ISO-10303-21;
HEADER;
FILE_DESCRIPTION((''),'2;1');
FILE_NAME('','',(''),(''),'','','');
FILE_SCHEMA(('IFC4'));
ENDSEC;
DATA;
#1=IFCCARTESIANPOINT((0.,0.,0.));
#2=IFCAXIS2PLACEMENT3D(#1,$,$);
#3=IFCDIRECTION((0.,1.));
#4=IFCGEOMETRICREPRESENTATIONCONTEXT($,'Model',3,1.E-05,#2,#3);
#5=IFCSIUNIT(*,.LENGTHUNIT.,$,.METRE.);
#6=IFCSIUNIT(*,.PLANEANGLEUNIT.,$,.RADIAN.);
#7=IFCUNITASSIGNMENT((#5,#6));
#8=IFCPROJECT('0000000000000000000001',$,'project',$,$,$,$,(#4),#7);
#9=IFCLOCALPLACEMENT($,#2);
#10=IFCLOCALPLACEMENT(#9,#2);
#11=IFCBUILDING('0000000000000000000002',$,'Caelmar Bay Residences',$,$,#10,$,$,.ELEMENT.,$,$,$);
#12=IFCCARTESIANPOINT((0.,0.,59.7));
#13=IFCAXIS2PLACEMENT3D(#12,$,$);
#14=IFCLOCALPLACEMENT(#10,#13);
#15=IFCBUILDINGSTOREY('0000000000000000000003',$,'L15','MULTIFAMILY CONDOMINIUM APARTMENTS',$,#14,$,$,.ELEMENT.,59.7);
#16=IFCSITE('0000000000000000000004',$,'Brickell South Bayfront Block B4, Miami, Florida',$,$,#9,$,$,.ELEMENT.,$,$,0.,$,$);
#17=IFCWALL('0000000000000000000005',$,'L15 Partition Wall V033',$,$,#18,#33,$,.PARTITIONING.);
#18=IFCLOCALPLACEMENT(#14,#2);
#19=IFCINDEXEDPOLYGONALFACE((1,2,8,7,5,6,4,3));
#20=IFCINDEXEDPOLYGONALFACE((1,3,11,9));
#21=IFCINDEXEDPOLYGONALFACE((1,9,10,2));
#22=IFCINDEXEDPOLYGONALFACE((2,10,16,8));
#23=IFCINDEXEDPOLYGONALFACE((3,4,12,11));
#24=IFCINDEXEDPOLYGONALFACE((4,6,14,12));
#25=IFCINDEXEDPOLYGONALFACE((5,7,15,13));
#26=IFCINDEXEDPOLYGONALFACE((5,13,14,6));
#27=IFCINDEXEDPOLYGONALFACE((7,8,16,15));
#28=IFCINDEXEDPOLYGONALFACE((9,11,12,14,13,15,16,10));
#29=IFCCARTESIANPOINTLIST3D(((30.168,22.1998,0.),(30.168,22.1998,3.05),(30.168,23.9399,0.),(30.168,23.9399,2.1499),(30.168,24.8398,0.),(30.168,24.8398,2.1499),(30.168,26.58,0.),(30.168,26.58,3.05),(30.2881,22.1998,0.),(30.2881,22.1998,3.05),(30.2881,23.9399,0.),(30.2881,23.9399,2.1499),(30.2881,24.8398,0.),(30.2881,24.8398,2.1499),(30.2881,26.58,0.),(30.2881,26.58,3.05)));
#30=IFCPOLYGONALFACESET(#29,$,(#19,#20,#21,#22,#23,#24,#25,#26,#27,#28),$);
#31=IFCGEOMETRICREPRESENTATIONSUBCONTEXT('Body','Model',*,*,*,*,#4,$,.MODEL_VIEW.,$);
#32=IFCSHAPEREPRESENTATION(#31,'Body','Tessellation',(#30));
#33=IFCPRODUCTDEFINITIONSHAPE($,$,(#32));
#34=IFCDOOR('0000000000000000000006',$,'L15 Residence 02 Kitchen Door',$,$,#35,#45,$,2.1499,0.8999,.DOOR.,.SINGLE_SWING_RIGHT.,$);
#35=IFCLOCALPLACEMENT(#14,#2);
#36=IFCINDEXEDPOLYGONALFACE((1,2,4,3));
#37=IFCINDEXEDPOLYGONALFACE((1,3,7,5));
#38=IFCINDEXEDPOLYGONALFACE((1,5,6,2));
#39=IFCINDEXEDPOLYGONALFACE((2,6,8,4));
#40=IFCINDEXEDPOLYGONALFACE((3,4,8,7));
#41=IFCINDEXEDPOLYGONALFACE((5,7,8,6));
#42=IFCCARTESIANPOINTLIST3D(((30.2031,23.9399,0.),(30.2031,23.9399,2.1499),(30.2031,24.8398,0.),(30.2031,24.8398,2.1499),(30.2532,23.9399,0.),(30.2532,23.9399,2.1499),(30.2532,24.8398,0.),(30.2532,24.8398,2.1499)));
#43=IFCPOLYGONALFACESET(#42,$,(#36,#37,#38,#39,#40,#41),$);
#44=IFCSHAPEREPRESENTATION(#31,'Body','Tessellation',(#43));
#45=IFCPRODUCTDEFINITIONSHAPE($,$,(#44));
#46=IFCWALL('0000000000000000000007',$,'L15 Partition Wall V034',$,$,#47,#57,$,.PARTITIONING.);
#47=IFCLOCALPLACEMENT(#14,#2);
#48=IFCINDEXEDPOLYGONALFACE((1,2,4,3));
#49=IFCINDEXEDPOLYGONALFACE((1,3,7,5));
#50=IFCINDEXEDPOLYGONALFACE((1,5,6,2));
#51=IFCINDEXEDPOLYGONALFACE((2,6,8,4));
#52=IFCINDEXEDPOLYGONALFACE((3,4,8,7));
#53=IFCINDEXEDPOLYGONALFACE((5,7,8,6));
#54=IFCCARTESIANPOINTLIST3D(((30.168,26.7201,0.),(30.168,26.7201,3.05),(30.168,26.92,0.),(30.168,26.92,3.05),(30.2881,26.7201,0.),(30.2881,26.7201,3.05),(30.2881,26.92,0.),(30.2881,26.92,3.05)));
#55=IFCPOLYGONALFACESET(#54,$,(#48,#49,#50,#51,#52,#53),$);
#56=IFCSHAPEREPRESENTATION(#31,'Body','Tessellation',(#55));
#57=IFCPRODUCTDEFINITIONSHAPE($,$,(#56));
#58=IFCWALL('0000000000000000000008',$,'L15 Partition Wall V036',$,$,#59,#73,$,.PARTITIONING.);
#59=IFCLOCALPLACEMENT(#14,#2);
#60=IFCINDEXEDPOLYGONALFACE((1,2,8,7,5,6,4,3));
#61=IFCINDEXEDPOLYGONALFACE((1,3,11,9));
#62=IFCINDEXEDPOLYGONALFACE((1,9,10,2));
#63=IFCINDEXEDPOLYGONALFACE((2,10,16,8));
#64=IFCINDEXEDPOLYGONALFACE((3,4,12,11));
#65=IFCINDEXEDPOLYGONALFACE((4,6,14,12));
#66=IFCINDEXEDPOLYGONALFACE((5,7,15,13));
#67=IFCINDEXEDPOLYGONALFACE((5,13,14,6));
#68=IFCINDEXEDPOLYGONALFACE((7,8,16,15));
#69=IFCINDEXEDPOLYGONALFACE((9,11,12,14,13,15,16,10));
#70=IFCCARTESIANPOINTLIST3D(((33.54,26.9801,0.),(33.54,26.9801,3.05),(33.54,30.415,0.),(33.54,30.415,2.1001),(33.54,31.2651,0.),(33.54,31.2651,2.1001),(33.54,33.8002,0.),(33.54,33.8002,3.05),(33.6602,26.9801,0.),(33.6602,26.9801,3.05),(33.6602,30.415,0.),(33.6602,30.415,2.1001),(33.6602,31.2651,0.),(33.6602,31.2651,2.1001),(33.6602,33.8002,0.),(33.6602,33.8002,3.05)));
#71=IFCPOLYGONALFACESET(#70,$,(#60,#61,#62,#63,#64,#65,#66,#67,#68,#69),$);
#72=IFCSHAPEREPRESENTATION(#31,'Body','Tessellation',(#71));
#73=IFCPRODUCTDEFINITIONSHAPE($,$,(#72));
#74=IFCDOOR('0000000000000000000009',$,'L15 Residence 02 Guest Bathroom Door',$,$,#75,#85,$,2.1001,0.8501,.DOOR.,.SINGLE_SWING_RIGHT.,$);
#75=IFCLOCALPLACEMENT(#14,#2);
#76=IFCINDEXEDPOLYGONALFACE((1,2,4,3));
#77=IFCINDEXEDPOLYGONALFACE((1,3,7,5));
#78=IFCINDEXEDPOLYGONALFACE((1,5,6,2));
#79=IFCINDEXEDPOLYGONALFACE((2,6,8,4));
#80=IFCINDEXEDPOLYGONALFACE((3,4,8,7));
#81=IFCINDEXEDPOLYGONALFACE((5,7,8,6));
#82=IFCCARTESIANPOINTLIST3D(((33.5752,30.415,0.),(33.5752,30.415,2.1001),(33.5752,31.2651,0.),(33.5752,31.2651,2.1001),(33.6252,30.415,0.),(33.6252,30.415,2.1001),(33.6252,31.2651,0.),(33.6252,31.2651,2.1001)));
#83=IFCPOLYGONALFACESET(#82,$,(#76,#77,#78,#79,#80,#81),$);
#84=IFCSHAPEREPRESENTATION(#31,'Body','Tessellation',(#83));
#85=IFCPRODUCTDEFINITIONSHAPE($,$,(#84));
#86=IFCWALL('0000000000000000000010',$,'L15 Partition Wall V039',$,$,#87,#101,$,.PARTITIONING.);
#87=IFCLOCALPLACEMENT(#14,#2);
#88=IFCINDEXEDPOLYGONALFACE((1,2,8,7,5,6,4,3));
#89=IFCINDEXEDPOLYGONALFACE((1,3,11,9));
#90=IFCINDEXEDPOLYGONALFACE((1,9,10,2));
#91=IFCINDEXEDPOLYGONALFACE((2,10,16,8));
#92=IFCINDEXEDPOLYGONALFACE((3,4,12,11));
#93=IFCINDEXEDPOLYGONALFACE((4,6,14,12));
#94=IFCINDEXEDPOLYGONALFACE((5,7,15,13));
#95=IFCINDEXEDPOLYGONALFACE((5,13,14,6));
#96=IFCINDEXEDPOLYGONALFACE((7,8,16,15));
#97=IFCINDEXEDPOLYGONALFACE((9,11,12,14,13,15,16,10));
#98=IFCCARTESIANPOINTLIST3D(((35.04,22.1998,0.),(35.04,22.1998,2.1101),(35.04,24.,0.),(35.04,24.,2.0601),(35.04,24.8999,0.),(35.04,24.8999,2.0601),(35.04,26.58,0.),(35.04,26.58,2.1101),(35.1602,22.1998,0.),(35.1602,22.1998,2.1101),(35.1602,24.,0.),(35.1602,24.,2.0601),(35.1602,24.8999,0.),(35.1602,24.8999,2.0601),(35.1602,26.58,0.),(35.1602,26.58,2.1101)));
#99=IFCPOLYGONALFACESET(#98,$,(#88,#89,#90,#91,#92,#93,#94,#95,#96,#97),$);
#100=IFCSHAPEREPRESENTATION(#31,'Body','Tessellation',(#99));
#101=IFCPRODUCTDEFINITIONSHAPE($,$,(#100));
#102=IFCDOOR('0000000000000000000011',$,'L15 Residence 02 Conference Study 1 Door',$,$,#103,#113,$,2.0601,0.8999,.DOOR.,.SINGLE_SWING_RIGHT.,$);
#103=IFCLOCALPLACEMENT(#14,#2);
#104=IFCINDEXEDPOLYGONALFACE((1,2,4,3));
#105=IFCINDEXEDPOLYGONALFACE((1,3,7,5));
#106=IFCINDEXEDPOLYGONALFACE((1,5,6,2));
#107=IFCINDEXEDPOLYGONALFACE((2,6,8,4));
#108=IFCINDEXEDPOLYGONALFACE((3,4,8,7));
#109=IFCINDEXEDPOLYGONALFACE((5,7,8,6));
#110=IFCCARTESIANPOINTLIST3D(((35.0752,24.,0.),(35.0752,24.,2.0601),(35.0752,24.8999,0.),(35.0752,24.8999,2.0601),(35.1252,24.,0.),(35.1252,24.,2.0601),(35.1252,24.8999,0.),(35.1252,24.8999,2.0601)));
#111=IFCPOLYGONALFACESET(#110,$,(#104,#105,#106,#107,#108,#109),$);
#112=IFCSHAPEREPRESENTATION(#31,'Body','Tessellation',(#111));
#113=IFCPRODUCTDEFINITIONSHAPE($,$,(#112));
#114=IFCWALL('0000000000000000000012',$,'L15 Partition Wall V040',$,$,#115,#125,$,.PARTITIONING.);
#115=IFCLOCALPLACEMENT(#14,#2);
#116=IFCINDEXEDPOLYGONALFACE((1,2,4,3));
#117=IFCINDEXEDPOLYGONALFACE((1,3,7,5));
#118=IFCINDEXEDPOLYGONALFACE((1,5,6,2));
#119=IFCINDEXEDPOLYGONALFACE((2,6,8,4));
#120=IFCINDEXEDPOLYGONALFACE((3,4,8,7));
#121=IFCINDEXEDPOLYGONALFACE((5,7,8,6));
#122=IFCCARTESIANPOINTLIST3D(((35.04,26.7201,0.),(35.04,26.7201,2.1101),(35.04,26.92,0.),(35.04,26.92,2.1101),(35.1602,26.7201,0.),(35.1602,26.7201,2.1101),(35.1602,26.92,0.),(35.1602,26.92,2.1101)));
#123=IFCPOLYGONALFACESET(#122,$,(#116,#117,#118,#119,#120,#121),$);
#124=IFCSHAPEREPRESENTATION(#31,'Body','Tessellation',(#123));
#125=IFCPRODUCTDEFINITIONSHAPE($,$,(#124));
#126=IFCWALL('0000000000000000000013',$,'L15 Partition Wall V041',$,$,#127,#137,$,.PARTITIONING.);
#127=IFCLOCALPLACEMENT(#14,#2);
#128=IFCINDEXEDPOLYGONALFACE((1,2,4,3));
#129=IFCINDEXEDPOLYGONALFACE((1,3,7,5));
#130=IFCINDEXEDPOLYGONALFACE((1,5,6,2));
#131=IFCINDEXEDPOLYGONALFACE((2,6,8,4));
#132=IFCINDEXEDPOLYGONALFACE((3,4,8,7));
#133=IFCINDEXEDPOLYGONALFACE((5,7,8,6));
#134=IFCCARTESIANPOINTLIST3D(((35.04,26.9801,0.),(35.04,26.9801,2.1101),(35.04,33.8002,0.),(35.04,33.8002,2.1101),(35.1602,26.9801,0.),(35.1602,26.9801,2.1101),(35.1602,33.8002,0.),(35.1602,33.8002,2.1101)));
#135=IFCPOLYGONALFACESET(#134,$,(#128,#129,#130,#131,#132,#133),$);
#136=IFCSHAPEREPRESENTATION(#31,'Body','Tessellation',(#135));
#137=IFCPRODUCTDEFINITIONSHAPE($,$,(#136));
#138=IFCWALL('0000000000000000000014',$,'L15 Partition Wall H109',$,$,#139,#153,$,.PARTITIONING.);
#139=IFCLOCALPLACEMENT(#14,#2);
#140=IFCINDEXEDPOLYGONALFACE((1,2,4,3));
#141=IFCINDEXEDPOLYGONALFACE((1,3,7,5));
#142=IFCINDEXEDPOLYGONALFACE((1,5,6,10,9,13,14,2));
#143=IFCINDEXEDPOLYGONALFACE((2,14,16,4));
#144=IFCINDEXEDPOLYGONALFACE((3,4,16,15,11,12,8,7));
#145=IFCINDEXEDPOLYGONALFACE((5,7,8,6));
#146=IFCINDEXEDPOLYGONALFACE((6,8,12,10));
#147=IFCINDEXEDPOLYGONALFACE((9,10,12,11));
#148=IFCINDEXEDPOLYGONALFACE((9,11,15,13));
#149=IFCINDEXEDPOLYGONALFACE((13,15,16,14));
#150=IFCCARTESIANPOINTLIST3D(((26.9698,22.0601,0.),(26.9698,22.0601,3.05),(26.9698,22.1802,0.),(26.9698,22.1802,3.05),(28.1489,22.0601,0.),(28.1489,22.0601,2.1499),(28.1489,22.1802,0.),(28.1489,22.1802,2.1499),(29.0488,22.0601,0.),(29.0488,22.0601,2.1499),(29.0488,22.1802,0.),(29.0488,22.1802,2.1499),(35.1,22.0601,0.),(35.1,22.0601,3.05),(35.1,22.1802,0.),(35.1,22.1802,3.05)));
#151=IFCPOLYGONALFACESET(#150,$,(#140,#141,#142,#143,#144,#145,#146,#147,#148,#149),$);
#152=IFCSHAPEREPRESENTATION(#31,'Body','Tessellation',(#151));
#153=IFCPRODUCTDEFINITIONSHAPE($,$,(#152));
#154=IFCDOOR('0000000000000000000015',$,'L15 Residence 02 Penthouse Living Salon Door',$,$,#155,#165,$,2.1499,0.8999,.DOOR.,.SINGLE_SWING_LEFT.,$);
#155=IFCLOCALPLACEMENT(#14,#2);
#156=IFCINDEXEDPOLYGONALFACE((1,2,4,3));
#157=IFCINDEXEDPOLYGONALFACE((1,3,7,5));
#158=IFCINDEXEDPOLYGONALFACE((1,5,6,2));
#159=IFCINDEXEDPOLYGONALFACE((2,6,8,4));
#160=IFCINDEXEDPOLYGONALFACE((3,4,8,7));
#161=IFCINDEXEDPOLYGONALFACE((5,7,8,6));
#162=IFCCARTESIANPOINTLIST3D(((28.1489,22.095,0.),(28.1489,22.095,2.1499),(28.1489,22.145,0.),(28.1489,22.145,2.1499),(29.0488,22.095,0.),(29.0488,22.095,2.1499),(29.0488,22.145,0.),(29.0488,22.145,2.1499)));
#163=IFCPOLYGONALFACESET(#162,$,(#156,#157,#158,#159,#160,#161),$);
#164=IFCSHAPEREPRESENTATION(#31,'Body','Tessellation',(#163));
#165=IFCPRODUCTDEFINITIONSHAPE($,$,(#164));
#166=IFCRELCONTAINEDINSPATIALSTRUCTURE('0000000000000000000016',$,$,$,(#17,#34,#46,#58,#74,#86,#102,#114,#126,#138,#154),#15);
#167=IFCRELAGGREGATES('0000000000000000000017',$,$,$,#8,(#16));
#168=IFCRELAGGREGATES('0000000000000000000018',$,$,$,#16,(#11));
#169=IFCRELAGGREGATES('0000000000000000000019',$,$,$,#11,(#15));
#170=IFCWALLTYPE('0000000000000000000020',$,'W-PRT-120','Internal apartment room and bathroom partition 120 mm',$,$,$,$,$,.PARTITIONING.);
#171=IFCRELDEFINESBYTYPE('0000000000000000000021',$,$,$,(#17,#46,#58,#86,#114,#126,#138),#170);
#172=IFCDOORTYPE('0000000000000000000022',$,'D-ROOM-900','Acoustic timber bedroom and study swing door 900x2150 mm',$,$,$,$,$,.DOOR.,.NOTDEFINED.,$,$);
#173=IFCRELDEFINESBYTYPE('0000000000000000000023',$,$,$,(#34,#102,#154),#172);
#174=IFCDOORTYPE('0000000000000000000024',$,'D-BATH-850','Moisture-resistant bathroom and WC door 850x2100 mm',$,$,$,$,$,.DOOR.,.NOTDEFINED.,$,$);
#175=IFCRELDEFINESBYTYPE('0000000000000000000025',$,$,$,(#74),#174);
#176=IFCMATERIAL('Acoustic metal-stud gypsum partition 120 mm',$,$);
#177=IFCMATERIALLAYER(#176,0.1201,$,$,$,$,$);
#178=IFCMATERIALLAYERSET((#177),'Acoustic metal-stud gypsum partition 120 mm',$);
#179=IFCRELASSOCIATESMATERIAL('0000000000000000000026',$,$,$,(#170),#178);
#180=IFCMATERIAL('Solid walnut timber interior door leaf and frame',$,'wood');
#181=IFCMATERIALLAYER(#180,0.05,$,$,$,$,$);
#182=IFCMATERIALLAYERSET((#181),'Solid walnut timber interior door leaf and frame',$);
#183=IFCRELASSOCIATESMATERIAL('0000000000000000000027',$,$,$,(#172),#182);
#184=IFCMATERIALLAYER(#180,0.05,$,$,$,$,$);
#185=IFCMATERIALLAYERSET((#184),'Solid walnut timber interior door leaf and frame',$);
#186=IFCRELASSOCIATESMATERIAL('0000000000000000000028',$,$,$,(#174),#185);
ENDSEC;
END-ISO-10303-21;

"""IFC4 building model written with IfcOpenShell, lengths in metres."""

from ifc_helpers import new_model, si_unit, direction, frame, frame_2d, origin, place, context, subcontext, project, spatial, rectangle, extrude, material, layer, layer_set, type_object, element, fill, save


model = new_model("IFC4")

# Units and contexts
model_context = context("Model", 3, precision=1e-05, world=origin(), true_north=direction((0.0, 1.0)))
body_context = subcontext(model_context, "Body", "Model", "MODEL_VIEW")
ifc_project = project(units=[si_unit("LENGTHUNIT", "METRE"), si_unit("PLANEANGLEUNIT", "RADIAN")], contexts=[model_context])

# Site, building, storey
site_placement = place(None, origin())
site = spatial("IfcSite", under=ifc_project, at=site_placement, Name="Brickell South Bayfront Block B4, Miami, Florida", CompositionType="ELEMENT", RefElevation=0.0)
building_placement = place(site_placement, origin())
building = spatial("IfcBuilding", under=site, at=building_placement, Name="Caelmar Bay Residences", CompositionType="ELEMENT")
storey_placement = place(building_placement, frame((0.0, 0.0, 59.7)))
storey = spatial("IfcBuildingStorey", under=building, at=storey_placement, Name="L15", Description="MULTIFAMILY CONDOMINIUM APARTMENTS", CompositionType="ELEMENT", Elevation=59.7)

# Wall, opening, door
ifc_material_1 = material(Name="Acoustic metal-stud gypsum partition 120 mm")
ifc_layer_1 = layer(ifc_material_1, 0.1201)
ifc_layer_set_1 = layer_set([ifc_layer_1], Name="Acoustic metal-stud gypsum partition 120 mm")
wall_type = type_object("IfcWallType", Name="W-PRT-120", Description="Internal apartment room and bathroom partition 120 mm", PredefinedType="PARTITIONING", material=ifc_layer_set_1)
wall_1_placement = place(storey_placement, frame((30.228, 22.2, 0.0), z_axis=(0.0, 0.0, 1.0), x_axis=(0.0, 1.0, 0.0)))
wall_1 = element("IfcWall", 1, at=wall_1_placement, inside=storey, type_object=wall_type, Name="L15 Partition Wall V033", PredefinedType="PARTITIONING", context=body_context, shape_type="SweptSolid", body=[
    extrude(rectangle(XDim=4.3801, YDim=0.1201, at=frame_2d((2.1899, 0.0))), origin(), (0.0, 0.0, 1.0), 3.05),
])
opening_1_placement = place(wall_1_placement, frame((1.74, 0.0, 0.0)))
opening_1 = element("IfcOpeningElement", 2, at=opening_1_placement, cuts=wall_1, PredefinedType="OPENING", context=body_context, shape_type="SweptSolid", body=[
    extrude(rectangle(XDim=0.8999, YDim=2.1499, at=frame_2d((0.45, 1.075))), frame((0.0, 0.0701, 0.0), z_axis=(0.0, -1.0, 0.0), x_axis=(1.0, 0.0, 0.0)), (0.0, 0.0, 1.0), 0.1401),
])
ifc_material_2 = material(Name="Solid walnut timber interior door leaf and frame", Category="wood")
ifc_layer_2 = layer(ifc_material_2, 0.05)
ifc_layer_set_2 = layer_set([ifc_layer_2], Name="Solid walnut timber interior door leaf and frame")
door_type_1 = type_object("IfcDoorType", Name="D-ROOM-900", Description="Acoustic timber bedroom and study swing door 900x2150 mm", OperationType="NOTDEFINED", PredefinedType="DOOR", material=ifc_layer_set_2)
door_1_placement = place(opening_1_placement, origin())
door_1 = element("IfcDoor", 3, at=door_1_placement, inside=storey, type_object=door_type_1, Name="L15 Residence 02 Kitchen Door", OperationType="SINGLE_SWING_RIGHT", OverallHeight=2.1499, OverallWidth=0.8999, PredefinedType="DOOR", context=body_context, shape_type="SweptSolid", body=[
    extrude(rectangle(XDim=0.8999, YDim=2.1499, at=frame_2d((0.45, 1.075))), frame((0.0, 0.0249, 0.0), z_axis=(0.0, -1.0, 0.0), x_axis=(1.0, 0.0, 0.0)), (0.0, 0.0, 1.0), 0.05),
])
fill(opening_1, door_1)

# Wall
wall_2_placement = place(storey_placement, frame((30.228, 26.72, 0.0), z_axis=(0.0, 0.0, 1.0), x_axis=(0.0, 1.0, 0.0)))
element("IfcWall", 4, at=wall_2_placement, inside=storey, type_object=wall_type, Name="L15 Partition Wall V034", PredefinedType="PARTITIONING", context=body_context, shape_type="SweptSolid", body=[
    extrude(rectangle(XDim=0.2, YDim=0.1201, at=frame_2d((0.1001, 0.0))), origin(), (0.0, 0.0, 1.0), 3.05),
])

# Walls, openings, doors
wall_3_placement = place(storey_placement, frame((33.6001, 26.98, 0.0), z_axis=(0.0, 0.0, 1.0), x_axis=(0.0, 1.0, 0.0)))
wall_3 = element("IfcWall", 5, at=wall_3_placement, inside=storey, type_object=wall_type, Name="L15 Partition Wall V036", PredefinedType="PARTITIONING", context=body_context, shape_type="SweptSolid", body=[
    extrude(rectangle(XDim=6.8201, YDim=0.1201, at=frame_2d((3.4102, 0.0))), origin(), (0.0, 0.0, 1.0), 3.05),
])
opening_2_placement = place(wall_3_placement, frame((3.4351, 0.0, 0.0)))
opening_2 = element("IfcOpeningElement", 6, at=opening_2_placement, cuts=wall_3, PredefinedType="OPENING", context=body_context, shape_type="SweptSolid", body=[
    extrude(rectangle(XDim=0.8501, YDim=2.1001, at=frame_2d((0.425, 1.05))), frame((0.0, 0.0701, 0.0), z_axis=(0.0, -1.0, 0.0), x_axis=(1.0, 0.0, 0.0)), (0.0, 0.0, 1.0), 0.1401),
])
ifc_layer_3 = layer(ifc_material_2, 0.05)
ifc_layer_set_3 = layer_set([ifc_layer_3], Name="Solid walnut timber interior door leaf and frame")
door_type_2 = type_object("IfcDoorType", Name="D-BATH-850", Description="Moisture-resistant bathroom and WC door 850x2100 mm", OperationType="NOTDEFINED", PredefinedType="DOOR", material=ifc_layer_set_3)
door_2_placement = place(opening_2_placement, origin())
door_2 = element("IfcDoor", 7, at=door_2_placement, inside=storey, type_object=door_type_2, Name="L15 Residence 02 Guest Bathroom Door", OperationType="SINGLE_SWING_RIGHT", OverallHeight=2.1001, OverallWidth=0.8501, PredefinedType="DOOR", context=body_context, shape_type="SweptSolid", body=[
    extrude(rectangle(XDim=0.8501, YDim=2.1001, at=frame_2d((0.425, 1.05))), frame((0.0, 0.0249, 0.0), z_axis=(0.0, -1.0, 0.0), x_axis=(1.0, 0.0, 0.0)), (0.0, 0.0, 1.0), 0.05),
])
fill(opening_2, door_2)
wall_4_placement = place(storey_placement, frame((35.1001, 22.2, 0.0), z_axis=(0.0, 0.0, 1.0), x_axis=(0.0, 1.0, 0.0)))
wall_4 = element("IfcWall", 8, at=wall_4_placement, inside=storey, type_object=wall_type, Name="L15 Partition Wall V039", PredefinedType="PARTITIONING", context=body_context, shape_type="SweptSolid", body=[
    extrude(rectangle(XDim=4.3801, YDim=0.1201, at=frame_2d((2.1899, 0.0))), origin(), (0.0, 0.0, 1.0), 2.1101),
])
opening_3_placement = place(wall_4_placement, frame((1.8, 0.0, 0.0)))
opening_3 = element("IfcOpeningElement", 9, at=opening_3_placement, cuts=wall_4, PredefinedType="OPENING", context=body_context, shape_type="SweptSolid", body=[
    extrude(rectangle(XDim=0.8999, YDim=2.0601, at=frame_2d((0.45, 1.03))), frame((0.0, 0.0701, 0.0), z_axis=(0.0, -1.0, 0.0), x_axis=(1.0, 0.0, 0.0)), (0.0, 0.0, 1.0), 0.1401),
])
door_3_placement = place(opening_3_placement, origin())
door_3 = element("IfcDoor", 10, at=door_3_placement, inside=storey, type_object=door_type_1, Name="L15 Residence 02 Conference Study 1 Door", OperationType="SINGLE_SWING_RIGHT", OverallHeight=2.0601, OverallWidth=0.8999, PredefinedType="DOOR", context=body_context, shape_type="SweptSolid", body=[
    extrude(rectangle(XDim=0.8999, YDim=2.0601, at=frame_2d((0.45, 1.03))), frame((0.0, 0.0249, 0.0), z_axis=(0.0, -1.0, 0.0), x_axis=(1.0, 0.0, 0.0)), (0.0, 0.0, 1.0), 0.05),
])
fill(opening_3, door_3)

# Walls
wall_5_placement = place(storey_placement, frame((35.1001, 26.72, 0.0), z_axis=(0.0, 0.0, 1.0), x_axis=(0.0, 1.0, 0.0)))
element("IfcWall", 11, at=wall_5_placement, inside=storey, type_object=wall_type, Name="L15 Partition Wall V040", PredefinedType="PARTITIONING", context=body_context, shape_type="SweptSolid", body=[
    extrude(rectangle(XDim=0.2, YDim=0.1201, at=frame_2d((0.1001, 0.0))), origin(), (0.0, 0.0, 1.0), 2.1101),
])
wall_6_placement = place(storey_placement, frame((35.1001, 26.98, 0.0), z_axis=(0.0, 0.0, 1.0), x_axis=(0.0, 1.0, 0.0)))
element("IfcWall", 12, at=wall_6_placement, inside=storey, type_object=wall_type, Name="L15 Partition Wall V041", PredefinedType="PARTITIONING", context=body_context, shape_type="SweptSolid", body=[
    extrude(rectangle(XDim=6.8201, YDim=0.1201, at=frame_2d((3.4102, 0.0))), origin(), (0.0, 0.0, 1.0), 2.1101),
])

# Wall, opening, door
wall_7_placement = place(storey_placement, frame((26.97, 22.1201, 0.0), z_axis=(0.0, 0.0, 1.0), x_axis=(1.0, 0.0, 0.0)))
wall_7 = element("IfcWall", 13, at=wall_7_placement, inside=storey, type_object=wall_type, Name="L15 Partition Wall H109", PredefinedType="PARTITIONING", context=body_context, shape_type="SweptSolid", body=[
    extrude(rectangle(XDim=8.1301, YDim=0.1201, at=frame_2d((4.0649, 0.0))), origin(), (0.0, 0.0, 1.0), 3.05),
])
opening_4_placement = place(wall_7_placement, frame((1.179, 0.0, 0.0)))
opening_4 = element("IfcOpeningElement", 14, at=opening_4_placement, cuts=wall_7, PredefinedType="OPENING", context=body_context, shape_type="SweptSolid", body=[
    extrude(rectangle(XDim=0.8999, YDim=2.1499, at=frame_2d((0.45, 1.075))), frame((0.0, 0.0701, 0.0), z_axis=(0.0, -1.0, 0.0), x_axis=(1.0, 0.0, 0.0)), (0.0, 0.0, 1.0), 0.1401),
])
door_4_placement = place(opening_4_placement, origin())
door_4 = element("IfcDoor", 15, at=door_4_placement, inside=storey, type_object=door_type_1, Name="L15 Residence 02 Penthouse Living Salon Door", OperationType="SINGLE_SWING_LEFT", OverallHeight=2.1499, OverallWidth=0.8999, PredefinedType="DOOR", context=body_context, shape_type="SweptSolid", body=[
    extrude(rectangle(XDim=0.8999, YDim=2.1499, at=frame_2d((0.45, 1.075))), frame((0.0, 0.0249, 0.0), z_axis=(0.0, -1.0, 0.0), x_axis=(1.0, 0.0, 0.0)), (0.0, 0.0, 1.0), 0.05),
])
fill(opening_4, door_4)

save(model, "model.ifc")
